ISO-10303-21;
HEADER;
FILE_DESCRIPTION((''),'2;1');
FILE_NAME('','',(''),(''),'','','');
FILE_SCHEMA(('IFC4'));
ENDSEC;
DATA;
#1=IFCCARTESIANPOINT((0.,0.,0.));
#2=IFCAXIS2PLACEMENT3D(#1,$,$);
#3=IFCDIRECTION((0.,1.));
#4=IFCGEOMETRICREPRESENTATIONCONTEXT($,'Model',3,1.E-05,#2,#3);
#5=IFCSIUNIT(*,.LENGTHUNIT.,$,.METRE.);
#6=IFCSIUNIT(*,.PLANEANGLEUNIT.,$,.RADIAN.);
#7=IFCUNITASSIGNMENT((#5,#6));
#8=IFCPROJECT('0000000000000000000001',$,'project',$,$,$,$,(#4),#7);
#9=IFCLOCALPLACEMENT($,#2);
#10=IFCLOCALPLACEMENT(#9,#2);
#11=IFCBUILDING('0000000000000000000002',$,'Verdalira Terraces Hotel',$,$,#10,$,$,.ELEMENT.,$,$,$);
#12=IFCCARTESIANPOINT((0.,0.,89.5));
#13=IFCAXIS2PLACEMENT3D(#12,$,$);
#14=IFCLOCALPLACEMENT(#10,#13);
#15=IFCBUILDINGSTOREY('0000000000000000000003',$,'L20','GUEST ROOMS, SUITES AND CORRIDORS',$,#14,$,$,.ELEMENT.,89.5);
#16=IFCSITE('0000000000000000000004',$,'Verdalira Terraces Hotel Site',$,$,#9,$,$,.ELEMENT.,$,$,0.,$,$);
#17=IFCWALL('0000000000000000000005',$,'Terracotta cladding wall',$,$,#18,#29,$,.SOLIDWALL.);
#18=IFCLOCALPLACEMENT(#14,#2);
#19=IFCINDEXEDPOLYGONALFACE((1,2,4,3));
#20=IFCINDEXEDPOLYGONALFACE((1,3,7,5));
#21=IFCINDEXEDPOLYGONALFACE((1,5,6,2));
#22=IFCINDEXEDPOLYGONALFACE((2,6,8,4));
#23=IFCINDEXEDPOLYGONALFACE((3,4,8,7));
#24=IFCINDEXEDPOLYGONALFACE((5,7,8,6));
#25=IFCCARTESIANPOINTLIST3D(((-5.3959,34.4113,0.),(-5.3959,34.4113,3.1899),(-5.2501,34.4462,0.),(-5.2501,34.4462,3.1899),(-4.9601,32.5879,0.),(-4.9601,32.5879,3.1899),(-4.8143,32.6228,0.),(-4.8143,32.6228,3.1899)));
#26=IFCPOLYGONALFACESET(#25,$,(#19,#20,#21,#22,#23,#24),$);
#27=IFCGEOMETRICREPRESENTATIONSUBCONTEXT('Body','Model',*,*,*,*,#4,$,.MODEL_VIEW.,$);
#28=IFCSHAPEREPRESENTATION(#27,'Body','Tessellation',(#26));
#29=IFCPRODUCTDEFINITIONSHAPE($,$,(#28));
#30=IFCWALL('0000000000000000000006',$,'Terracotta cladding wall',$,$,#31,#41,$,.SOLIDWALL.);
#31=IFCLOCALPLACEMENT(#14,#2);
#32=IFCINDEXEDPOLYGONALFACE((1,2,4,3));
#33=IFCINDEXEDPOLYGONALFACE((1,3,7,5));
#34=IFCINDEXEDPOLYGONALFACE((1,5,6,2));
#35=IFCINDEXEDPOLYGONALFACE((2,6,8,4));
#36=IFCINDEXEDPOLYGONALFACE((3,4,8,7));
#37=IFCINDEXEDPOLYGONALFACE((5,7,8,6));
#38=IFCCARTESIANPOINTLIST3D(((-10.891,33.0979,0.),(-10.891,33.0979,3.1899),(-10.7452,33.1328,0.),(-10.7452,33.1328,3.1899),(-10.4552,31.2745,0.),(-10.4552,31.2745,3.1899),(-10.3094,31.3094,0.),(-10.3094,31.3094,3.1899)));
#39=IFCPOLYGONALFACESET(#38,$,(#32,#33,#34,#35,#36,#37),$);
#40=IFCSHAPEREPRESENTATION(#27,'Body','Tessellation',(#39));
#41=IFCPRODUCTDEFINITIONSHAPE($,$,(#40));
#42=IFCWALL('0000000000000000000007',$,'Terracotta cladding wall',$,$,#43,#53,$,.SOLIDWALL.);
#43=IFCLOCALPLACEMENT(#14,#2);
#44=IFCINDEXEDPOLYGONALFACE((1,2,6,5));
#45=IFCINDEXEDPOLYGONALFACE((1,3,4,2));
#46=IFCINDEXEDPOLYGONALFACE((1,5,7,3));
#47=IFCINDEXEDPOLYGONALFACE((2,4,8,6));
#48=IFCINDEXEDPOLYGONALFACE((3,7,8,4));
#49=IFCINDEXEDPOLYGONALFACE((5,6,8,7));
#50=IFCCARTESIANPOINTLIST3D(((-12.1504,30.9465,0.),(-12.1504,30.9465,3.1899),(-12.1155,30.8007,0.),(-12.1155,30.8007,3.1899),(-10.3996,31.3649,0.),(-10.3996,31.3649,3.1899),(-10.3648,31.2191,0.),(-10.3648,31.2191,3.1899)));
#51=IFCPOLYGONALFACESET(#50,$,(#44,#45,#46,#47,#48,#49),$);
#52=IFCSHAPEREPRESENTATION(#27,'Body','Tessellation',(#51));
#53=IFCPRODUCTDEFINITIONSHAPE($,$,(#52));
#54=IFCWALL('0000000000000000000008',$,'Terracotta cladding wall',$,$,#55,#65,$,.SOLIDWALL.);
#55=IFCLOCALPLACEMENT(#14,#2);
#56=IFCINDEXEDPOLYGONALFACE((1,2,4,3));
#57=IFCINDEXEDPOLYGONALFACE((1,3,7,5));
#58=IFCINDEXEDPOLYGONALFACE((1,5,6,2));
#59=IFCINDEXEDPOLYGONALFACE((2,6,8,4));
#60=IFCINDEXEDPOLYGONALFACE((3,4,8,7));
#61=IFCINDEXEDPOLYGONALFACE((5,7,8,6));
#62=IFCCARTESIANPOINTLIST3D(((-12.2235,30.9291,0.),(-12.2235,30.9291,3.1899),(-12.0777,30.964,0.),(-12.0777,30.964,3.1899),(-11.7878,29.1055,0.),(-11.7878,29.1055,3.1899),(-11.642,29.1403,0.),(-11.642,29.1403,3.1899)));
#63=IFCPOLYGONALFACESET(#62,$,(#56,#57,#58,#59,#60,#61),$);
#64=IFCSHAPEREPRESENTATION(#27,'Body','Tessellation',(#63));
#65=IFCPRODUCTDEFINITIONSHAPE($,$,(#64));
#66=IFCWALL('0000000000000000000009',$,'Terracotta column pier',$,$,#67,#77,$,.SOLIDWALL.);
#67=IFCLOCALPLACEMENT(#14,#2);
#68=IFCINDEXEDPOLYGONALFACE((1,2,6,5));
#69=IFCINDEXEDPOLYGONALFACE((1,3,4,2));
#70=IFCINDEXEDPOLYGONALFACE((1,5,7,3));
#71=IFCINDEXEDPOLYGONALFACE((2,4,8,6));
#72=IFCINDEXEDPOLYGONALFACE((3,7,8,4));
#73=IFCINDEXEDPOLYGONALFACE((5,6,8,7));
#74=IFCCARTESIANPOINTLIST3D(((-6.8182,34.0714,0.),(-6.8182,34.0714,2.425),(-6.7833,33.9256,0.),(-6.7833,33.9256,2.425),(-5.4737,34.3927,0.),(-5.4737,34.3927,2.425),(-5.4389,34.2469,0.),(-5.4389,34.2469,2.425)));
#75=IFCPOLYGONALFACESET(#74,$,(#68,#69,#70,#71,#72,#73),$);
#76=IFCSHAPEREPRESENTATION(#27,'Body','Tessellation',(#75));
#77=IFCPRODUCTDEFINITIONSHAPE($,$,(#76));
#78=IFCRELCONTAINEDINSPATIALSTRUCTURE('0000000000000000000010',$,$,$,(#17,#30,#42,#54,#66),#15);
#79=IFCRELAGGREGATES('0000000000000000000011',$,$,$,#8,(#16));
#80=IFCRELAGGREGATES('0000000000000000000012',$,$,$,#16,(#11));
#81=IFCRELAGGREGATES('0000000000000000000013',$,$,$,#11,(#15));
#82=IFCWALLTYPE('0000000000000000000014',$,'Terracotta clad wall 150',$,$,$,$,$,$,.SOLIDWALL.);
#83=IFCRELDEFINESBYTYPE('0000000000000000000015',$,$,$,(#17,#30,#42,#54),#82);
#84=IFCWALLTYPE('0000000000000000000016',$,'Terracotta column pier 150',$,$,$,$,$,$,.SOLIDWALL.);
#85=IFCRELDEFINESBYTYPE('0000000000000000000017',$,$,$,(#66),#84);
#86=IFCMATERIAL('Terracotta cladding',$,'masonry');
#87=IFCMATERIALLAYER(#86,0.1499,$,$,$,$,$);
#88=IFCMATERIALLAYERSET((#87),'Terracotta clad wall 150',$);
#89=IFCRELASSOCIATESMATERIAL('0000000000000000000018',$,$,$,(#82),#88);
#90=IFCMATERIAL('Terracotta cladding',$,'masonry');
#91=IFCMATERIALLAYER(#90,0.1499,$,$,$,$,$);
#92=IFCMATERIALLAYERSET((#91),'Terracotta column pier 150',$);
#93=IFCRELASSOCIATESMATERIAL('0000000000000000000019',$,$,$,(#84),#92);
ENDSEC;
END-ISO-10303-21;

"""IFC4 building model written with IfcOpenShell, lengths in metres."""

from ifc_helpers import new_model, si_unit, direction, frame, frame_2d, origin, place, context, subcontext, project, spatial, rectangle, extrude, material, layer, layer_set, type_object, element, save


model = new_model("IFC4")

# Units and contexts
model_context = context("Model", 3, precision=1e-05, world=origin(), true_north=direction((0.0, 1.0)))
body_context = subcontext(model_context, "Body", "Model", "MODEL_VIEW")
ifc_project = project(units=[si_unit("LENGTHUNIT", "METRE"), si_unit("PLANEANGLEUNIT", "RADIAN")], contexts=[model_context])

# Site, building, storey
site_placement = place(None, origin())
site = spatial("IfcSite", under=ifc_project, at=site_placement, Name="Verdalira Terraces Hotel Site", CompositionType="ELEMENT", RefElevation=0.0)
building_placement = place(site_placement, origin())
building = spatial("IfcBuilding", under=site, at=building_placement, Name="Verdalira Terraces Hotel", CompositionType="ELEMENT")
storey_placement = place(building_placement, frame((0.0, 0.0, 89.5)))
storey = spatial("IfcBuildingStorey", under=building, at=storey_placement, Name="L20", Description="GUEST ROOMS, SUITES AND CORRIDORS", CompositionType="ELEMENT", Elevation=89.5)

# Walls
ifc_material_1 = material(Name="Terracotta cladding", Category="masonry")
ifc_layer_1 = layer(ifc_material_1, 0.1499)
ifc_layer_set_1 = layer_set([ifc_layer_1], Name="Terracotta clad wall 150")
wall_type_1 = type_object("IfcWallType", Name="Terracotta clad wall 150", PredefinedType="SOLIDWALL", material=ifc_layer_set_1)
for number, where, z_axis, x_axis, name in (
    (1, (-4.8872, 32.6052, 0.0), (0.0, 0.0, 1.0), (-0.232442, 0.97261, 0.0), "Terracotta cladding wall"),
    (2, (-10.8181, 33.1155, 0.0), (0.0, 0.0, 1.0), (0.232442, -0.97261, 0.0), "Terracotta cladding wall"),
):
    element("IfcWall", number, at=place(storey_placement, frame(where, z_axis=z_axis, x_axis=x_axis)), inside=storey, type_object=wall_type_1, Name=name, PredefinedType="SOLIDWALL", context=body_context, shape_type="SweptSolid", body=[
        extrude(rectangle(XDim=1.8748, YDim=0.1499, at=frame_2d((0.9375, 0.0))), origin(), (0.0, 0.0, 1.0), 3.1899),
    ])
wall_1_placement = place(storey_placement, frame((-10.3823, 31.292, 0.0), z_axis=(0.0, 0.0, 1.0), x_axis=(-0.972604, -0.23247, 0.0)))
element("IfcWall", 3, at=wall_1_placement, inside=storey, type_object=wall_type_1, Name="Terracotta cladding wall", PredefinedType="SOLIDWALL", context=body_context, shape_type="SweptSolid", body=[
    extrude(rectangle(XDim=1.8, YDim=0.1499, at=frame_2d((0.8999, 0.0))), origin(), (0.0, 0.0, 1.0), 3.1899),
])
wall_2_placement = place(storey_placement, frame((-12.1506, 30.9465, 0.0), z_axis=(0.0, 0.0, 1.0), x_axis=(0.232413, -0.972617, 0.0)))
element("IfcWall", 4, at=wall_2_placement, inside=storey, type_object=wall_type_1, Name="Terracotta cladding wall", PredefinedType="SOLIDWALL", context=body_context, shape_type="SweptSolid", body=[
    extrude(rectangle(XDim=1.875, YDim=0.1499, at=frame_2d((0.9375, 0.0))), origin(), (0.0, 0.0, 1.0), 3.1899),
])
ifc_material_2 = material(Name="Terracotta cladding", Category="masonry")
ifc_layer_2 = layer(ifc_material_2, 0.1499)
ifc_layer_set_2 = layer_set([ifc_layer_2], Name="Terracotta column pier 150")
wall_type_2 = type_object("IfcWallType", Name="Terracotta column pier 150", PredefinedType="SOLIDWALL", material=ifc_layer_set_2)
wall_3_placement = place(storey_placement, frame((-5.4563, 34.3198, 0.0), z_axis=(0.0, 0.0, 1.0), x_axis=(-0.972614, -0.232424, 0.0)))
element("IfcWall", 5, at=wall_3_placement, inside=storey, type_object=wall_type_2, Name="Terracotta column pier", PredefinedType="SOLIDWALL", context=body_context, shape_type="SweptSolid", body=[
    extrude(rectangle(XDim=1.3823, YDim=0.1499, at=frame_2d((0.6912, 0.0))), origin(), (0.0, 0.0, 1.0), 2.425),
])

save(model, "model.ifc")
